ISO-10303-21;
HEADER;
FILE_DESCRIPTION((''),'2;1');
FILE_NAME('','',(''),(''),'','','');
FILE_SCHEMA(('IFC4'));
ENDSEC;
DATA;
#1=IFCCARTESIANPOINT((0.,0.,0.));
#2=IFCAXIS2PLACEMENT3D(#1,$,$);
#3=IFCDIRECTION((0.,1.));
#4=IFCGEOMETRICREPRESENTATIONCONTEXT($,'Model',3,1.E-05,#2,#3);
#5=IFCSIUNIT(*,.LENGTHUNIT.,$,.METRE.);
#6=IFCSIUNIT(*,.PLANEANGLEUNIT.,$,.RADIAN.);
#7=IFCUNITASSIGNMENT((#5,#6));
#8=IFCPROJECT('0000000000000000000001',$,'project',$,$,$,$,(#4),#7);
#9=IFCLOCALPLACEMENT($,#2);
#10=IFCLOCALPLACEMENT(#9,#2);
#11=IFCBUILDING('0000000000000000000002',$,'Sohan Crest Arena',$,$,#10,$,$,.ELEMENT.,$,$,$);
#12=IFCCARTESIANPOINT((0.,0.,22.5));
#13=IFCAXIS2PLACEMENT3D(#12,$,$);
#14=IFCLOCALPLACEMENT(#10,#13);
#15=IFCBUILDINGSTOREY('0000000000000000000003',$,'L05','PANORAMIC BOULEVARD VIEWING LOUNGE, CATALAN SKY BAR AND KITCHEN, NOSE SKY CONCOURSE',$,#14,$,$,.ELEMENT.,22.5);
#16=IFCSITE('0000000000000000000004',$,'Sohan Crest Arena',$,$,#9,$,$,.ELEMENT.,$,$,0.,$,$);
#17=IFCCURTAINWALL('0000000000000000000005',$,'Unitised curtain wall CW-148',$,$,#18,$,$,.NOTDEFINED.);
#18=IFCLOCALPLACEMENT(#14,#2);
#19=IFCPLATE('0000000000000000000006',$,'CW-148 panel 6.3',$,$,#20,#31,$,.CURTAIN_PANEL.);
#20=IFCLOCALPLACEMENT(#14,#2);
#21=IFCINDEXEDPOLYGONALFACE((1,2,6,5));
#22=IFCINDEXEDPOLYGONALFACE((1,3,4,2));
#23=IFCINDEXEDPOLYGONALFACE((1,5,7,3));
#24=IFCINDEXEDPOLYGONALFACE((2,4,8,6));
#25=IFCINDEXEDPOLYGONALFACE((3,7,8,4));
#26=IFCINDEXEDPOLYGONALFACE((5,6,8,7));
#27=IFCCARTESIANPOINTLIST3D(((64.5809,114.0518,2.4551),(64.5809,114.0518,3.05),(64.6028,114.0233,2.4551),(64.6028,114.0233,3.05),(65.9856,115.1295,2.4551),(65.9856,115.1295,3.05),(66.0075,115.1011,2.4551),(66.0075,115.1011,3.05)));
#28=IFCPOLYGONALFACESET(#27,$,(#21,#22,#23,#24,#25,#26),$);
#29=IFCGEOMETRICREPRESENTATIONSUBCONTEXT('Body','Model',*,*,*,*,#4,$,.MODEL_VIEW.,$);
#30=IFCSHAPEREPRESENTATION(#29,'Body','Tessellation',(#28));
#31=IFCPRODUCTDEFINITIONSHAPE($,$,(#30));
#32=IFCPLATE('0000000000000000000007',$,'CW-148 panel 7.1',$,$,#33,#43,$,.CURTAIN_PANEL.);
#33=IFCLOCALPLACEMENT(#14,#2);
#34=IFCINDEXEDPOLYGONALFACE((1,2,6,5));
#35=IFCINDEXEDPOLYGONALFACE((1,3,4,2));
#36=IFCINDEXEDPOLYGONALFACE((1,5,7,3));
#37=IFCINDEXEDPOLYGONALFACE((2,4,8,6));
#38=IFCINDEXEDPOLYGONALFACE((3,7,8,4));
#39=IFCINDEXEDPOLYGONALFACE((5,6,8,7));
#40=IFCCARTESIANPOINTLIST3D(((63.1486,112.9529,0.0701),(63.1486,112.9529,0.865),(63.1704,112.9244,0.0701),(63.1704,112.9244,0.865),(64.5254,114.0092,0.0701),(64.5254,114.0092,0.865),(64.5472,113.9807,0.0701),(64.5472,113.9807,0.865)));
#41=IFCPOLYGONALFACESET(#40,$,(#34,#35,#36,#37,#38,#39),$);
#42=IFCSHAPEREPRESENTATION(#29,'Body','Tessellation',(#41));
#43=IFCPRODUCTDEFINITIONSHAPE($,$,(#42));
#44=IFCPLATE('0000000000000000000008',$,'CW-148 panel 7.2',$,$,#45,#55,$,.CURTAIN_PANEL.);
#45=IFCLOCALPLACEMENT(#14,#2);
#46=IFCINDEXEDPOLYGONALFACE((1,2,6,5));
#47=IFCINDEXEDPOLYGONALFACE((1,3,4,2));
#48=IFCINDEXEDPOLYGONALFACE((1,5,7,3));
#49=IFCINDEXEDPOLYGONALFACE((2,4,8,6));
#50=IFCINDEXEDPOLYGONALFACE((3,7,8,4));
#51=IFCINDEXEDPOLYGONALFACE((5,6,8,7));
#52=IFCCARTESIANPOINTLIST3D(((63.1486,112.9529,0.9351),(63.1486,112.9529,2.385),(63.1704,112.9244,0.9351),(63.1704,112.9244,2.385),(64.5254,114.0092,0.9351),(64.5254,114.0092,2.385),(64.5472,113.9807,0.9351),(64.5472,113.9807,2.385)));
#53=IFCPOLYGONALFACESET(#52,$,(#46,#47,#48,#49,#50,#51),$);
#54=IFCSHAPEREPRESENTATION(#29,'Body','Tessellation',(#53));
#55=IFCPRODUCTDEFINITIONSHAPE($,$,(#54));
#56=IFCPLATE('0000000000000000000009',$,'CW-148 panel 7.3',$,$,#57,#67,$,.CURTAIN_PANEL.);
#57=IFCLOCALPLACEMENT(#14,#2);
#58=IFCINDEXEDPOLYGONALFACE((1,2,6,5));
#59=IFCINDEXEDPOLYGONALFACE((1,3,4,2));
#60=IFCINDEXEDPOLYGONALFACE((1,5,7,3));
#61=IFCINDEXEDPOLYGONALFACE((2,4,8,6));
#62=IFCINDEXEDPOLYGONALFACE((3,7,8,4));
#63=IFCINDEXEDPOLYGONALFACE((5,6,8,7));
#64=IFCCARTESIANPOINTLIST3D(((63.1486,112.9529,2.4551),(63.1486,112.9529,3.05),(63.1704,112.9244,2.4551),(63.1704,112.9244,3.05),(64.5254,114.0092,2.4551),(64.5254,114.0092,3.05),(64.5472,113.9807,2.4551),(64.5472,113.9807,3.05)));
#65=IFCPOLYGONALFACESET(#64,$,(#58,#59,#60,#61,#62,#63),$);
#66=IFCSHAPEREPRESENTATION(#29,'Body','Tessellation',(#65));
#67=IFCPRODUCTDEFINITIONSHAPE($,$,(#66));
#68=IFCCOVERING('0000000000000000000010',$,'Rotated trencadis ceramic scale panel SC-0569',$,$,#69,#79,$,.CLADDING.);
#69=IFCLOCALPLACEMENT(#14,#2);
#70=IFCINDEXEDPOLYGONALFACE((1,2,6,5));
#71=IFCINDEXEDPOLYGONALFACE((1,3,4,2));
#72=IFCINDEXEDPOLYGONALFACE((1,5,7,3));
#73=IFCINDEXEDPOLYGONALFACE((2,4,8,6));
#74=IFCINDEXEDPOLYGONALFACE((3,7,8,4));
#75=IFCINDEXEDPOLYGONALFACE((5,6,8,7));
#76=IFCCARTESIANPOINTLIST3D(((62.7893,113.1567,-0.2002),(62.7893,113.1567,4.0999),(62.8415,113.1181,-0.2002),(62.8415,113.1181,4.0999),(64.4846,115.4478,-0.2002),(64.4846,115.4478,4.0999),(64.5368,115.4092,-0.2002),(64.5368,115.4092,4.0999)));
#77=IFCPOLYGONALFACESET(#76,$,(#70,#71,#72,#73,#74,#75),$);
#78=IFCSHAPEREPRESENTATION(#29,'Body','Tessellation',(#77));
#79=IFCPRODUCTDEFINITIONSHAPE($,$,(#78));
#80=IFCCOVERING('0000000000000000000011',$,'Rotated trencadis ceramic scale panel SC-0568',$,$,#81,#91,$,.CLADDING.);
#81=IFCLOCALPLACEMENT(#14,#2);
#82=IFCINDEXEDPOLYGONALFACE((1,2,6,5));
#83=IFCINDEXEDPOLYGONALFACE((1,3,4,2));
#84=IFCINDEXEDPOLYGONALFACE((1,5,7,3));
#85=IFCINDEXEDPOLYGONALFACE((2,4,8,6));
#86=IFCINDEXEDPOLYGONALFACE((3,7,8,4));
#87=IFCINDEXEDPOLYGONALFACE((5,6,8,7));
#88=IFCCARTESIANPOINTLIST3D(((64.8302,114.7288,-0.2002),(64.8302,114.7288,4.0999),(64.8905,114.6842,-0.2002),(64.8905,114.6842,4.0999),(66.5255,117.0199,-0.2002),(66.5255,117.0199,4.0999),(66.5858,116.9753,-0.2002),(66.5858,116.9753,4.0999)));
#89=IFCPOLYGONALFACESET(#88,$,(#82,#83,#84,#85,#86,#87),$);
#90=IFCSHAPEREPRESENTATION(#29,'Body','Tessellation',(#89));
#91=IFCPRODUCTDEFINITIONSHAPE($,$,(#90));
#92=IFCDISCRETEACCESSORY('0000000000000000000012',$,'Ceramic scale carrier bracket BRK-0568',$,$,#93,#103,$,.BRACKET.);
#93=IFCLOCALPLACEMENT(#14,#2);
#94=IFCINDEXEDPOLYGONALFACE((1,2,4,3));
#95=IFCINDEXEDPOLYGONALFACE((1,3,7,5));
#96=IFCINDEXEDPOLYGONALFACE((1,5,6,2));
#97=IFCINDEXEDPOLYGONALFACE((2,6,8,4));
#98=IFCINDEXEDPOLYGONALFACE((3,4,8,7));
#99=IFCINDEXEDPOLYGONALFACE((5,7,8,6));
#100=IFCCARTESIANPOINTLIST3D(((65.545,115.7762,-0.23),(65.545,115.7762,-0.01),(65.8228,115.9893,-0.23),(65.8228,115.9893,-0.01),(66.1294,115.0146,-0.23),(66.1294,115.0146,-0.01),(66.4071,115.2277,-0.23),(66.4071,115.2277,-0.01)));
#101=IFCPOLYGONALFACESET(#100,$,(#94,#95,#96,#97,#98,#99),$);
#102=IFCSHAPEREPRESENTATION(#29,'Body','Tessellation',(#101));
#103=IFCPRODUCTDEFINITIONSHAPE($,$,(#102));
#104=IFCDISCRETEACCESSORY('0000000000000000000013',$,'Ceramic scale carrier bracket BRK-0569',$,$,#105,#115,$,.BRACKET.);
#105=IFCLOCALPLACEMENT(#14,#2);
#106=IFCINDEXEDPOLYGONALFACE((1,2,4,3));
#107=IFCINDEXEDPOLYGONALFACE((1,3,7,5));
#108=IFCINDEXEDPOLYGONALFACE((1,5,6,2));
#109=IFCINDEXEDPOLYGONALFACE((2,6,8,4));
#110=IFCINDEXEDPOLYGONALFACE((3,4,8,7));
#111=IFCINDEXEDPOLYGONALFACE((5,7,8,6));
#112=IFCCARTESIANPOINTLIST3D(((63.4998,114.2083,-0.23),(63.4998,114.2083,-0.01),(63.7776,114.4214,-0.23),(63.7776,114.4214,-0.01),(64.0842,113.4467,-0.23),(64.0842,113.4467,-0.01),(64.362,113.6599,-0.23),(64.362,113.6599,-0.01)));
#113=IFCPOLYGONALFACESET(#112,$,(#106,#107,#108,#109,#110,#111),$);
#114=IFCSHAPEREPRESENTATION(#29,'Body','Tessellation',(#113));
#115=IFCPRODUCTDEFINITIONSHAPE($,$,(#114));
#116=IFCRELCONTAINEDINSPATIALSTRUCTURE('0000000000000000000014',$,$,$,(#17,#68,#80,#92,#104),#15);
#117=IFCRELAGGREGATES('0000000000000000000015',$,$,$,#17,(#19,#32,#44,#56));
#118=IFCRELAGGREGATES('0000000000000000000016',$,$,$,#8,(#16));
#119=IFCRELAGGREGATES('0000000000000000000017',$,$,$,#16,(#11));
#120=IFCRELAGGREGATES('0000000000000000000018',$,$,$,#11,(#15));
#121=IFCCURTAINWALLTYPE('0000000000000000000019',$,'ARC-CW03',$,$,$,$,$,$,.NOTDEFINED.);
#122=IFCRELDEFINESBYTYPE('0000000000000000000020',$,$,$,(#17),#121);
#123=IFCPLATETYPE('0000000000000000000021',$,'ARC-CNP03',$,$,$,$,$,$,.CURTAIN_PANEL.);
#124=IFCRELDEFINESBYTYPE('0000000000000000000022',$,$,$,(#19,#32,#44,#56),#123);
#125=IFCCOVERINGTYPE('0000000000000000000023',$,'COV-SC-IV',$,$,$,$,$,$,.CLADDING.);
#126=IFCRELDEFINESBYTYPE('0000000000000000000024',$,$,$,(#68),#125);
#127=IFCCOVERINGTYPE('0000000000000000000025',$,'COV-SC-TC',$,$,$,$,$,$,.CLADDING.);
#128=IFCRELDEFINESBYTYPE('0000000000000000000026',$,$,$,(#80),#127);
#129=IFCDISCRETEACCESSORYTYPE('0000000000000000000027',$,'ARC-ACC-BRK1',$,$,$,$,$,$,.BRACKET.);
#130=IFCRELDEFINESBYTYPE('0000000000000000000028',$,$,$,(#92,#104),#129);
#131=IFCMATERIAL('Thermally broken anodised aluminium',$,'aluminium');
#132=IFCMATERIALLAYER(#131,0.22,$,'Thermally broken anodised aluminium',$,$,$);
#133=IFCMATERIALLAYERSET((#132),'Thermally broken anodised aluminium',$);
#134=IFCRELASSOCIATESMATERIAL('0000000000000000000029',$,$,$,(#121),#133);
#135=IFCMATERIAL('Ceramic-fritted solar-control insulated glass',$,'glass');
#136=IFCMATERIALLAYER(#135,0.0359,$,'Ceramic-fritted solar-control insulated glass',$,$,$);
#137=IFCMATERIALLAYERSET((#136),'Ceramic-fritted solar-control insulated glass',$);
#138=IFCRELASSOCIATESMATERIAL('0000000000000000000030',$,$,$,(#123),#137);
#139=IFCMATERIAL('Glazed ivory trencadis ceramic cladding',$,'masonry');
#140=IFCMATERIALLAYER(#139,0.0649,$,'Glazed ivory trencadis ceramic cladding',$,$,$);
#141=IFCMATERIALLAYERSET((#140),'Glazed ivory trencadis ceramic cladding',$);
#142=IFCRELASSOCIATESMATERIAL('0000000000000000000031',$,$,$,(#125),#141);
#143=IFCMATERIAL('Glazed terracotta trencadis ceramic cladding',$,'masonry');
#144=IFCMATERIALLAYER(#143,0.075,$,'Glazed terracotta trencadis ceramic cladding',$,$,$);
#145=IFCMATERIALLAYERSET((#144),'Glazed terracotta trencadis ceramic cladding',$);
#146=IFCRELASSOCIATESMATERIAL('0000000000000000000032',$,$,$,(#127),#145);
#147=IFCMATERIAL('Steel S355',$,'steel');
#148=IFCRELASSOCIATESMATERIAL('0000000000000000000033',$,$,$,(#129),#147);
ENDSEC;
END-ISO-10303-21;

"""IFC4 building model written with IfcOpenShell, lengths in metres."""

from ifc_helpers import new_model, si_unit, direction, frame, origin, origin_2d, place, context, subcontext, project, spatial, rectangle, extrude, material, layer, layer_set, type_object, element, aggregate, save


model = new_model("IFC4")

# Units and contexts
model_context = context("Model", 3, precision=1e-05, world=origin(), true_north=direction((0.0, 1.0)))
body_context = subcontext(model_context, "Body", "Model", "MODEL_VIEW")
ifc_project = project(units=[si_unit("LENGTHUNIT", "METRE"), si_unit("PLANEANGLEUNIT", "RADIAN")], contexts=[model_context])

# Site, building, storey
site_placement = place(None, origin())
site = spatial("IfcSite", under=ifc_project, at=site_placement, Name="Sohan Crest Arena", CompositionType="ELEMENT", RefElevation=0.0)
building_placement = place(site_placement, origin())
building = spatial("IfcBuilding", under=site, at=building_placement, Name="Sohan Crest Arena", CompositionType="ELEMENT")
storey_placement = place(building_placement, frame((0.0, 0.0, 22.5)))
storey = spatial("IfcBuildingStorey", under=building, at=storey_placement, Name="L05", Description="PANORAMIC BOULEVARD VIEWING LOUNGE, CATALAN SKY BAR AND KITCHEN, NOSE SKY CONCOURSE", CompositionType="ELEMENT", Elevation=22.5)

# Curtain wall
ifc_material_1 = material(Name="Thermally broken anodised aluminium", Category="aluminium")
ifc_layer_1 = layer(ifc_material_1, 0.22, Name="Thermally broken anodised aluminium")
ifc_layer_set_1 = layer_set([ifc_layer_1], Name="Thermally broken anodised aluminium")
curtain_wall_type_1 = type_object("IfcCurtainWallType", Name="ARC-CW03", PredefinedType="NOTDEFINED", material=ifc_layer_set_1)
curtain_wall_1_placement = place(storey_placement, origin())
curtain_wall_1 = element("IfcCurtainWall", 1, at=curtain_wall_1_placement, inside=storey, type_object=curtain_wall_type_1, Name="Unitised curtain wall CW-148", PredefinedType="NOTDEFINED")

# Plates
ifc_material_2 = material(Name="Ceramic-fritted solar-control insulated glass", Category="glass")
ifc_layer_2 = layer(ifc_material_2, 0.0359, Name="Ceramic-fritted solar-control insulated glass")
ifc_layer_set_2 = layer_set([ifc_layer_2], Name="Ceramic-fritted solar-control insulated glass")
plate_type = type_object("IfcPlateType", Name="ARC-CNP03", PredefinedType="CURTAIN_PANEL", material=ifc_layer_set_2)
plate_1_placement = place(storey_placement, frame((65.2942, 114.5764, 2.4551), z_axis=(0.0, 0.0, 1.0), x_axis=(-0.793385, -0.60872, 0.0)))
plate_1 = element("IfcPlate", 2, at=plate_1_placement, type_object=plate_type, Name="CW-148 panel 6.3", PredefinedType="CURTAIN_PANEL", context=body_context, shape_type="SweptSolid", body=[
    extrude(rectangle(XDim=1.7705, YDim=0.0359, at=origin_2d()), origin(), (0.0, 0.0, 1.0), 0.595),
])
plate_2_placement = place(storey_placement, frame((63.8479, 113.4668, 0.0701), z_axis=(0.0, 0.0, 1.0), x_axis=(-0.793385, -0.60872, 0.0)))
plate_2 = element("IfcPlate", 3, at=plate_2_placement, type_object=plate_type, Name="CW-148 panel 7.1", PredefinedType="CURTAIN_PANEL", context=body_context, shape_type="SweptSolid", body=[
    extrude(rectangle(XDim=1.7354, YDim=0.0359, at=origin_2d()), origin(), (0.0, 0.0, 1.0), 0.7949),
])
plate_3_placement = place(storey_placement, frame((63.8479, 113.4668, 0.9351), z_axis=(0.0, 0.0, 1.0), x_axis=(-0.793385, -0.60872, 0.0)))
plate_3 = element("IfcPlate", 4, at=plate_3_placement, type_object=plate_type, Name="CW-148 panel 7.2", PredefinedType="CURTAIN_PANEL", context=body_context, shape_type="SweptSolid", body=[
    extrude(rectangle(XDim=1.7354, YDim=0.0359, at=origin_2d()), origin(), (0.0, 0.0, 1.0), 1.45),
])
plate_4_placement = place(storey_placement, frame((63.8479, 113.4668, 2.4551), z_axis=(0.0, 0.0, 1.0), x_axis=(-0.793385, -0.60872, 0.0)))
plate_4 = element("IfcPlate", 5, at=plate_4_placement, type_object=plate_type, Name="CW-148 panel 7.3", PredefinedType="CURTAIN_PANEL", context=body_context, shape_type="SweptSolid", body=[
    extrude(rectangle(XDim=1.7354, YDim=0.0359, at=origin_2d()), origin(), (0.0, 0.0, 1.0), 0.595),
])
aggregate(curtain_wall_1, [plate_1, plate_2, plate_3, plate_4])

# Coverings
ifc_material_3 = material(Name="Glazed ivory trencadis ceramic cladding", Category="masonry")
ifc_layer_3 = layer(ifc_material_3, 0.0649, Name="Glazed ivory trencadis ceramic cladding")
ifc_layer_set_3 = layer_set([ifc_layer_3], Name="Glazed ivory trencadis ceramic cladding")
covering_type_1 = type_object("IfcCoveringType", Name="COV-SC-IV", PredefinedType="CLADDING", material=ifc_layer_set_3)
covering_1_placement = place(storey_placement, frame((63.6631, 114.283, -0.2002), z_axis=(0.0, 0.0, 1.0), x_axis=(-0.594823, -0.803857, 0.0)))
element("IfcCovering", 6, at=covering_1_placement, inside=storey, type_object=covering_type_1, Name="Rotated trencadis ceramic scale panel SC-0569", PredefinedType="CLADDING", context=body_context, shape_type="SweptSolid", body=[
    extrude(rectangle(XDim=2.8501, YDim=0.0649, at=origin_2d()), origin(), (0.0, 0.0, 1.0), 4.3),
])
ifc_material_4 = material(Name="Glazed terracotta trencadis ceramic cladding", Category="masonry")
ifc_layer_4 = layer(ifc_material_4, 0.075, Name="Glazed terracotta trencadis ceramic cladding")
ifc_layer_set_4 = layer_set([ifc_layer_4], Name="Glazed terracotta trencadis ceramic cladding")
covering_type_2 = type_object("IfcCoveringType", Name="COV-SC-TC", PredefinedType="CLADDING", material=ifc_layer_set_4)
covering_2_placement = place(storey_placement, frame((65.708, 115.8521, -0.2002), z_axis=(0.0, 0.0, 1.0), x_axis=(-0.594823, -0.803857, 0.0)))
element("IfcCovering", 7, at=covering_2_placement, inside=storey, type_object=covering_type_2, Name="Rotated trencadis ceramic scale panel SC-0568", PredefinedType="CLADDING", context=body_context, shape_type="SweptSolid", body=[
    extrude(rectangle(XDim=2.8501, YDim=0.075, at=origin_2d()), origin(), (0.0, 0.0, 1.0), 4.3),
])

# Discrete accessories
ifc_material_5 = material(Name="Steel S355", Category="steel")
discrete_accessory_type = type_object("IfcDiscreteAccessoryType", Name="ARC-ACC-BRK1", PredefinedType="BRACKET", material=ifc_material_5)
for number, where, z_axis, x_axis, name in (
    (8, (65.9761, 115.502, -0.23), (0.0, 0.0, 1.0), (-0.793353, -0.608761, 0.0), "Ceramic scale carrier bracket BRK-0568"),
    (9, (63.9309, 113.9341, -0.23), (0.0, 0.0, 1.0), (-0.793353, -0.608761, 0.0), "Ceramic scale carrier bracket BRK-0569"),
):
    element("IfcDiscreteAccessory", number, at=place(storey_placement, frame(where, z_axis=z_axis, x_axis=x_axis)), inside=storey, type_object=discrete_accessory_type, Name=name, PredefinedType="BRACKET", context=body_context, shape_type="SweptSolid", body=[
        extrude(rectangle(XDim=0.3501, YDim=0.96, at=origin_2d()), origin(), (0.0, 0.0, 1.0), 0.22),
    ])

save(model, "model.ifc")
